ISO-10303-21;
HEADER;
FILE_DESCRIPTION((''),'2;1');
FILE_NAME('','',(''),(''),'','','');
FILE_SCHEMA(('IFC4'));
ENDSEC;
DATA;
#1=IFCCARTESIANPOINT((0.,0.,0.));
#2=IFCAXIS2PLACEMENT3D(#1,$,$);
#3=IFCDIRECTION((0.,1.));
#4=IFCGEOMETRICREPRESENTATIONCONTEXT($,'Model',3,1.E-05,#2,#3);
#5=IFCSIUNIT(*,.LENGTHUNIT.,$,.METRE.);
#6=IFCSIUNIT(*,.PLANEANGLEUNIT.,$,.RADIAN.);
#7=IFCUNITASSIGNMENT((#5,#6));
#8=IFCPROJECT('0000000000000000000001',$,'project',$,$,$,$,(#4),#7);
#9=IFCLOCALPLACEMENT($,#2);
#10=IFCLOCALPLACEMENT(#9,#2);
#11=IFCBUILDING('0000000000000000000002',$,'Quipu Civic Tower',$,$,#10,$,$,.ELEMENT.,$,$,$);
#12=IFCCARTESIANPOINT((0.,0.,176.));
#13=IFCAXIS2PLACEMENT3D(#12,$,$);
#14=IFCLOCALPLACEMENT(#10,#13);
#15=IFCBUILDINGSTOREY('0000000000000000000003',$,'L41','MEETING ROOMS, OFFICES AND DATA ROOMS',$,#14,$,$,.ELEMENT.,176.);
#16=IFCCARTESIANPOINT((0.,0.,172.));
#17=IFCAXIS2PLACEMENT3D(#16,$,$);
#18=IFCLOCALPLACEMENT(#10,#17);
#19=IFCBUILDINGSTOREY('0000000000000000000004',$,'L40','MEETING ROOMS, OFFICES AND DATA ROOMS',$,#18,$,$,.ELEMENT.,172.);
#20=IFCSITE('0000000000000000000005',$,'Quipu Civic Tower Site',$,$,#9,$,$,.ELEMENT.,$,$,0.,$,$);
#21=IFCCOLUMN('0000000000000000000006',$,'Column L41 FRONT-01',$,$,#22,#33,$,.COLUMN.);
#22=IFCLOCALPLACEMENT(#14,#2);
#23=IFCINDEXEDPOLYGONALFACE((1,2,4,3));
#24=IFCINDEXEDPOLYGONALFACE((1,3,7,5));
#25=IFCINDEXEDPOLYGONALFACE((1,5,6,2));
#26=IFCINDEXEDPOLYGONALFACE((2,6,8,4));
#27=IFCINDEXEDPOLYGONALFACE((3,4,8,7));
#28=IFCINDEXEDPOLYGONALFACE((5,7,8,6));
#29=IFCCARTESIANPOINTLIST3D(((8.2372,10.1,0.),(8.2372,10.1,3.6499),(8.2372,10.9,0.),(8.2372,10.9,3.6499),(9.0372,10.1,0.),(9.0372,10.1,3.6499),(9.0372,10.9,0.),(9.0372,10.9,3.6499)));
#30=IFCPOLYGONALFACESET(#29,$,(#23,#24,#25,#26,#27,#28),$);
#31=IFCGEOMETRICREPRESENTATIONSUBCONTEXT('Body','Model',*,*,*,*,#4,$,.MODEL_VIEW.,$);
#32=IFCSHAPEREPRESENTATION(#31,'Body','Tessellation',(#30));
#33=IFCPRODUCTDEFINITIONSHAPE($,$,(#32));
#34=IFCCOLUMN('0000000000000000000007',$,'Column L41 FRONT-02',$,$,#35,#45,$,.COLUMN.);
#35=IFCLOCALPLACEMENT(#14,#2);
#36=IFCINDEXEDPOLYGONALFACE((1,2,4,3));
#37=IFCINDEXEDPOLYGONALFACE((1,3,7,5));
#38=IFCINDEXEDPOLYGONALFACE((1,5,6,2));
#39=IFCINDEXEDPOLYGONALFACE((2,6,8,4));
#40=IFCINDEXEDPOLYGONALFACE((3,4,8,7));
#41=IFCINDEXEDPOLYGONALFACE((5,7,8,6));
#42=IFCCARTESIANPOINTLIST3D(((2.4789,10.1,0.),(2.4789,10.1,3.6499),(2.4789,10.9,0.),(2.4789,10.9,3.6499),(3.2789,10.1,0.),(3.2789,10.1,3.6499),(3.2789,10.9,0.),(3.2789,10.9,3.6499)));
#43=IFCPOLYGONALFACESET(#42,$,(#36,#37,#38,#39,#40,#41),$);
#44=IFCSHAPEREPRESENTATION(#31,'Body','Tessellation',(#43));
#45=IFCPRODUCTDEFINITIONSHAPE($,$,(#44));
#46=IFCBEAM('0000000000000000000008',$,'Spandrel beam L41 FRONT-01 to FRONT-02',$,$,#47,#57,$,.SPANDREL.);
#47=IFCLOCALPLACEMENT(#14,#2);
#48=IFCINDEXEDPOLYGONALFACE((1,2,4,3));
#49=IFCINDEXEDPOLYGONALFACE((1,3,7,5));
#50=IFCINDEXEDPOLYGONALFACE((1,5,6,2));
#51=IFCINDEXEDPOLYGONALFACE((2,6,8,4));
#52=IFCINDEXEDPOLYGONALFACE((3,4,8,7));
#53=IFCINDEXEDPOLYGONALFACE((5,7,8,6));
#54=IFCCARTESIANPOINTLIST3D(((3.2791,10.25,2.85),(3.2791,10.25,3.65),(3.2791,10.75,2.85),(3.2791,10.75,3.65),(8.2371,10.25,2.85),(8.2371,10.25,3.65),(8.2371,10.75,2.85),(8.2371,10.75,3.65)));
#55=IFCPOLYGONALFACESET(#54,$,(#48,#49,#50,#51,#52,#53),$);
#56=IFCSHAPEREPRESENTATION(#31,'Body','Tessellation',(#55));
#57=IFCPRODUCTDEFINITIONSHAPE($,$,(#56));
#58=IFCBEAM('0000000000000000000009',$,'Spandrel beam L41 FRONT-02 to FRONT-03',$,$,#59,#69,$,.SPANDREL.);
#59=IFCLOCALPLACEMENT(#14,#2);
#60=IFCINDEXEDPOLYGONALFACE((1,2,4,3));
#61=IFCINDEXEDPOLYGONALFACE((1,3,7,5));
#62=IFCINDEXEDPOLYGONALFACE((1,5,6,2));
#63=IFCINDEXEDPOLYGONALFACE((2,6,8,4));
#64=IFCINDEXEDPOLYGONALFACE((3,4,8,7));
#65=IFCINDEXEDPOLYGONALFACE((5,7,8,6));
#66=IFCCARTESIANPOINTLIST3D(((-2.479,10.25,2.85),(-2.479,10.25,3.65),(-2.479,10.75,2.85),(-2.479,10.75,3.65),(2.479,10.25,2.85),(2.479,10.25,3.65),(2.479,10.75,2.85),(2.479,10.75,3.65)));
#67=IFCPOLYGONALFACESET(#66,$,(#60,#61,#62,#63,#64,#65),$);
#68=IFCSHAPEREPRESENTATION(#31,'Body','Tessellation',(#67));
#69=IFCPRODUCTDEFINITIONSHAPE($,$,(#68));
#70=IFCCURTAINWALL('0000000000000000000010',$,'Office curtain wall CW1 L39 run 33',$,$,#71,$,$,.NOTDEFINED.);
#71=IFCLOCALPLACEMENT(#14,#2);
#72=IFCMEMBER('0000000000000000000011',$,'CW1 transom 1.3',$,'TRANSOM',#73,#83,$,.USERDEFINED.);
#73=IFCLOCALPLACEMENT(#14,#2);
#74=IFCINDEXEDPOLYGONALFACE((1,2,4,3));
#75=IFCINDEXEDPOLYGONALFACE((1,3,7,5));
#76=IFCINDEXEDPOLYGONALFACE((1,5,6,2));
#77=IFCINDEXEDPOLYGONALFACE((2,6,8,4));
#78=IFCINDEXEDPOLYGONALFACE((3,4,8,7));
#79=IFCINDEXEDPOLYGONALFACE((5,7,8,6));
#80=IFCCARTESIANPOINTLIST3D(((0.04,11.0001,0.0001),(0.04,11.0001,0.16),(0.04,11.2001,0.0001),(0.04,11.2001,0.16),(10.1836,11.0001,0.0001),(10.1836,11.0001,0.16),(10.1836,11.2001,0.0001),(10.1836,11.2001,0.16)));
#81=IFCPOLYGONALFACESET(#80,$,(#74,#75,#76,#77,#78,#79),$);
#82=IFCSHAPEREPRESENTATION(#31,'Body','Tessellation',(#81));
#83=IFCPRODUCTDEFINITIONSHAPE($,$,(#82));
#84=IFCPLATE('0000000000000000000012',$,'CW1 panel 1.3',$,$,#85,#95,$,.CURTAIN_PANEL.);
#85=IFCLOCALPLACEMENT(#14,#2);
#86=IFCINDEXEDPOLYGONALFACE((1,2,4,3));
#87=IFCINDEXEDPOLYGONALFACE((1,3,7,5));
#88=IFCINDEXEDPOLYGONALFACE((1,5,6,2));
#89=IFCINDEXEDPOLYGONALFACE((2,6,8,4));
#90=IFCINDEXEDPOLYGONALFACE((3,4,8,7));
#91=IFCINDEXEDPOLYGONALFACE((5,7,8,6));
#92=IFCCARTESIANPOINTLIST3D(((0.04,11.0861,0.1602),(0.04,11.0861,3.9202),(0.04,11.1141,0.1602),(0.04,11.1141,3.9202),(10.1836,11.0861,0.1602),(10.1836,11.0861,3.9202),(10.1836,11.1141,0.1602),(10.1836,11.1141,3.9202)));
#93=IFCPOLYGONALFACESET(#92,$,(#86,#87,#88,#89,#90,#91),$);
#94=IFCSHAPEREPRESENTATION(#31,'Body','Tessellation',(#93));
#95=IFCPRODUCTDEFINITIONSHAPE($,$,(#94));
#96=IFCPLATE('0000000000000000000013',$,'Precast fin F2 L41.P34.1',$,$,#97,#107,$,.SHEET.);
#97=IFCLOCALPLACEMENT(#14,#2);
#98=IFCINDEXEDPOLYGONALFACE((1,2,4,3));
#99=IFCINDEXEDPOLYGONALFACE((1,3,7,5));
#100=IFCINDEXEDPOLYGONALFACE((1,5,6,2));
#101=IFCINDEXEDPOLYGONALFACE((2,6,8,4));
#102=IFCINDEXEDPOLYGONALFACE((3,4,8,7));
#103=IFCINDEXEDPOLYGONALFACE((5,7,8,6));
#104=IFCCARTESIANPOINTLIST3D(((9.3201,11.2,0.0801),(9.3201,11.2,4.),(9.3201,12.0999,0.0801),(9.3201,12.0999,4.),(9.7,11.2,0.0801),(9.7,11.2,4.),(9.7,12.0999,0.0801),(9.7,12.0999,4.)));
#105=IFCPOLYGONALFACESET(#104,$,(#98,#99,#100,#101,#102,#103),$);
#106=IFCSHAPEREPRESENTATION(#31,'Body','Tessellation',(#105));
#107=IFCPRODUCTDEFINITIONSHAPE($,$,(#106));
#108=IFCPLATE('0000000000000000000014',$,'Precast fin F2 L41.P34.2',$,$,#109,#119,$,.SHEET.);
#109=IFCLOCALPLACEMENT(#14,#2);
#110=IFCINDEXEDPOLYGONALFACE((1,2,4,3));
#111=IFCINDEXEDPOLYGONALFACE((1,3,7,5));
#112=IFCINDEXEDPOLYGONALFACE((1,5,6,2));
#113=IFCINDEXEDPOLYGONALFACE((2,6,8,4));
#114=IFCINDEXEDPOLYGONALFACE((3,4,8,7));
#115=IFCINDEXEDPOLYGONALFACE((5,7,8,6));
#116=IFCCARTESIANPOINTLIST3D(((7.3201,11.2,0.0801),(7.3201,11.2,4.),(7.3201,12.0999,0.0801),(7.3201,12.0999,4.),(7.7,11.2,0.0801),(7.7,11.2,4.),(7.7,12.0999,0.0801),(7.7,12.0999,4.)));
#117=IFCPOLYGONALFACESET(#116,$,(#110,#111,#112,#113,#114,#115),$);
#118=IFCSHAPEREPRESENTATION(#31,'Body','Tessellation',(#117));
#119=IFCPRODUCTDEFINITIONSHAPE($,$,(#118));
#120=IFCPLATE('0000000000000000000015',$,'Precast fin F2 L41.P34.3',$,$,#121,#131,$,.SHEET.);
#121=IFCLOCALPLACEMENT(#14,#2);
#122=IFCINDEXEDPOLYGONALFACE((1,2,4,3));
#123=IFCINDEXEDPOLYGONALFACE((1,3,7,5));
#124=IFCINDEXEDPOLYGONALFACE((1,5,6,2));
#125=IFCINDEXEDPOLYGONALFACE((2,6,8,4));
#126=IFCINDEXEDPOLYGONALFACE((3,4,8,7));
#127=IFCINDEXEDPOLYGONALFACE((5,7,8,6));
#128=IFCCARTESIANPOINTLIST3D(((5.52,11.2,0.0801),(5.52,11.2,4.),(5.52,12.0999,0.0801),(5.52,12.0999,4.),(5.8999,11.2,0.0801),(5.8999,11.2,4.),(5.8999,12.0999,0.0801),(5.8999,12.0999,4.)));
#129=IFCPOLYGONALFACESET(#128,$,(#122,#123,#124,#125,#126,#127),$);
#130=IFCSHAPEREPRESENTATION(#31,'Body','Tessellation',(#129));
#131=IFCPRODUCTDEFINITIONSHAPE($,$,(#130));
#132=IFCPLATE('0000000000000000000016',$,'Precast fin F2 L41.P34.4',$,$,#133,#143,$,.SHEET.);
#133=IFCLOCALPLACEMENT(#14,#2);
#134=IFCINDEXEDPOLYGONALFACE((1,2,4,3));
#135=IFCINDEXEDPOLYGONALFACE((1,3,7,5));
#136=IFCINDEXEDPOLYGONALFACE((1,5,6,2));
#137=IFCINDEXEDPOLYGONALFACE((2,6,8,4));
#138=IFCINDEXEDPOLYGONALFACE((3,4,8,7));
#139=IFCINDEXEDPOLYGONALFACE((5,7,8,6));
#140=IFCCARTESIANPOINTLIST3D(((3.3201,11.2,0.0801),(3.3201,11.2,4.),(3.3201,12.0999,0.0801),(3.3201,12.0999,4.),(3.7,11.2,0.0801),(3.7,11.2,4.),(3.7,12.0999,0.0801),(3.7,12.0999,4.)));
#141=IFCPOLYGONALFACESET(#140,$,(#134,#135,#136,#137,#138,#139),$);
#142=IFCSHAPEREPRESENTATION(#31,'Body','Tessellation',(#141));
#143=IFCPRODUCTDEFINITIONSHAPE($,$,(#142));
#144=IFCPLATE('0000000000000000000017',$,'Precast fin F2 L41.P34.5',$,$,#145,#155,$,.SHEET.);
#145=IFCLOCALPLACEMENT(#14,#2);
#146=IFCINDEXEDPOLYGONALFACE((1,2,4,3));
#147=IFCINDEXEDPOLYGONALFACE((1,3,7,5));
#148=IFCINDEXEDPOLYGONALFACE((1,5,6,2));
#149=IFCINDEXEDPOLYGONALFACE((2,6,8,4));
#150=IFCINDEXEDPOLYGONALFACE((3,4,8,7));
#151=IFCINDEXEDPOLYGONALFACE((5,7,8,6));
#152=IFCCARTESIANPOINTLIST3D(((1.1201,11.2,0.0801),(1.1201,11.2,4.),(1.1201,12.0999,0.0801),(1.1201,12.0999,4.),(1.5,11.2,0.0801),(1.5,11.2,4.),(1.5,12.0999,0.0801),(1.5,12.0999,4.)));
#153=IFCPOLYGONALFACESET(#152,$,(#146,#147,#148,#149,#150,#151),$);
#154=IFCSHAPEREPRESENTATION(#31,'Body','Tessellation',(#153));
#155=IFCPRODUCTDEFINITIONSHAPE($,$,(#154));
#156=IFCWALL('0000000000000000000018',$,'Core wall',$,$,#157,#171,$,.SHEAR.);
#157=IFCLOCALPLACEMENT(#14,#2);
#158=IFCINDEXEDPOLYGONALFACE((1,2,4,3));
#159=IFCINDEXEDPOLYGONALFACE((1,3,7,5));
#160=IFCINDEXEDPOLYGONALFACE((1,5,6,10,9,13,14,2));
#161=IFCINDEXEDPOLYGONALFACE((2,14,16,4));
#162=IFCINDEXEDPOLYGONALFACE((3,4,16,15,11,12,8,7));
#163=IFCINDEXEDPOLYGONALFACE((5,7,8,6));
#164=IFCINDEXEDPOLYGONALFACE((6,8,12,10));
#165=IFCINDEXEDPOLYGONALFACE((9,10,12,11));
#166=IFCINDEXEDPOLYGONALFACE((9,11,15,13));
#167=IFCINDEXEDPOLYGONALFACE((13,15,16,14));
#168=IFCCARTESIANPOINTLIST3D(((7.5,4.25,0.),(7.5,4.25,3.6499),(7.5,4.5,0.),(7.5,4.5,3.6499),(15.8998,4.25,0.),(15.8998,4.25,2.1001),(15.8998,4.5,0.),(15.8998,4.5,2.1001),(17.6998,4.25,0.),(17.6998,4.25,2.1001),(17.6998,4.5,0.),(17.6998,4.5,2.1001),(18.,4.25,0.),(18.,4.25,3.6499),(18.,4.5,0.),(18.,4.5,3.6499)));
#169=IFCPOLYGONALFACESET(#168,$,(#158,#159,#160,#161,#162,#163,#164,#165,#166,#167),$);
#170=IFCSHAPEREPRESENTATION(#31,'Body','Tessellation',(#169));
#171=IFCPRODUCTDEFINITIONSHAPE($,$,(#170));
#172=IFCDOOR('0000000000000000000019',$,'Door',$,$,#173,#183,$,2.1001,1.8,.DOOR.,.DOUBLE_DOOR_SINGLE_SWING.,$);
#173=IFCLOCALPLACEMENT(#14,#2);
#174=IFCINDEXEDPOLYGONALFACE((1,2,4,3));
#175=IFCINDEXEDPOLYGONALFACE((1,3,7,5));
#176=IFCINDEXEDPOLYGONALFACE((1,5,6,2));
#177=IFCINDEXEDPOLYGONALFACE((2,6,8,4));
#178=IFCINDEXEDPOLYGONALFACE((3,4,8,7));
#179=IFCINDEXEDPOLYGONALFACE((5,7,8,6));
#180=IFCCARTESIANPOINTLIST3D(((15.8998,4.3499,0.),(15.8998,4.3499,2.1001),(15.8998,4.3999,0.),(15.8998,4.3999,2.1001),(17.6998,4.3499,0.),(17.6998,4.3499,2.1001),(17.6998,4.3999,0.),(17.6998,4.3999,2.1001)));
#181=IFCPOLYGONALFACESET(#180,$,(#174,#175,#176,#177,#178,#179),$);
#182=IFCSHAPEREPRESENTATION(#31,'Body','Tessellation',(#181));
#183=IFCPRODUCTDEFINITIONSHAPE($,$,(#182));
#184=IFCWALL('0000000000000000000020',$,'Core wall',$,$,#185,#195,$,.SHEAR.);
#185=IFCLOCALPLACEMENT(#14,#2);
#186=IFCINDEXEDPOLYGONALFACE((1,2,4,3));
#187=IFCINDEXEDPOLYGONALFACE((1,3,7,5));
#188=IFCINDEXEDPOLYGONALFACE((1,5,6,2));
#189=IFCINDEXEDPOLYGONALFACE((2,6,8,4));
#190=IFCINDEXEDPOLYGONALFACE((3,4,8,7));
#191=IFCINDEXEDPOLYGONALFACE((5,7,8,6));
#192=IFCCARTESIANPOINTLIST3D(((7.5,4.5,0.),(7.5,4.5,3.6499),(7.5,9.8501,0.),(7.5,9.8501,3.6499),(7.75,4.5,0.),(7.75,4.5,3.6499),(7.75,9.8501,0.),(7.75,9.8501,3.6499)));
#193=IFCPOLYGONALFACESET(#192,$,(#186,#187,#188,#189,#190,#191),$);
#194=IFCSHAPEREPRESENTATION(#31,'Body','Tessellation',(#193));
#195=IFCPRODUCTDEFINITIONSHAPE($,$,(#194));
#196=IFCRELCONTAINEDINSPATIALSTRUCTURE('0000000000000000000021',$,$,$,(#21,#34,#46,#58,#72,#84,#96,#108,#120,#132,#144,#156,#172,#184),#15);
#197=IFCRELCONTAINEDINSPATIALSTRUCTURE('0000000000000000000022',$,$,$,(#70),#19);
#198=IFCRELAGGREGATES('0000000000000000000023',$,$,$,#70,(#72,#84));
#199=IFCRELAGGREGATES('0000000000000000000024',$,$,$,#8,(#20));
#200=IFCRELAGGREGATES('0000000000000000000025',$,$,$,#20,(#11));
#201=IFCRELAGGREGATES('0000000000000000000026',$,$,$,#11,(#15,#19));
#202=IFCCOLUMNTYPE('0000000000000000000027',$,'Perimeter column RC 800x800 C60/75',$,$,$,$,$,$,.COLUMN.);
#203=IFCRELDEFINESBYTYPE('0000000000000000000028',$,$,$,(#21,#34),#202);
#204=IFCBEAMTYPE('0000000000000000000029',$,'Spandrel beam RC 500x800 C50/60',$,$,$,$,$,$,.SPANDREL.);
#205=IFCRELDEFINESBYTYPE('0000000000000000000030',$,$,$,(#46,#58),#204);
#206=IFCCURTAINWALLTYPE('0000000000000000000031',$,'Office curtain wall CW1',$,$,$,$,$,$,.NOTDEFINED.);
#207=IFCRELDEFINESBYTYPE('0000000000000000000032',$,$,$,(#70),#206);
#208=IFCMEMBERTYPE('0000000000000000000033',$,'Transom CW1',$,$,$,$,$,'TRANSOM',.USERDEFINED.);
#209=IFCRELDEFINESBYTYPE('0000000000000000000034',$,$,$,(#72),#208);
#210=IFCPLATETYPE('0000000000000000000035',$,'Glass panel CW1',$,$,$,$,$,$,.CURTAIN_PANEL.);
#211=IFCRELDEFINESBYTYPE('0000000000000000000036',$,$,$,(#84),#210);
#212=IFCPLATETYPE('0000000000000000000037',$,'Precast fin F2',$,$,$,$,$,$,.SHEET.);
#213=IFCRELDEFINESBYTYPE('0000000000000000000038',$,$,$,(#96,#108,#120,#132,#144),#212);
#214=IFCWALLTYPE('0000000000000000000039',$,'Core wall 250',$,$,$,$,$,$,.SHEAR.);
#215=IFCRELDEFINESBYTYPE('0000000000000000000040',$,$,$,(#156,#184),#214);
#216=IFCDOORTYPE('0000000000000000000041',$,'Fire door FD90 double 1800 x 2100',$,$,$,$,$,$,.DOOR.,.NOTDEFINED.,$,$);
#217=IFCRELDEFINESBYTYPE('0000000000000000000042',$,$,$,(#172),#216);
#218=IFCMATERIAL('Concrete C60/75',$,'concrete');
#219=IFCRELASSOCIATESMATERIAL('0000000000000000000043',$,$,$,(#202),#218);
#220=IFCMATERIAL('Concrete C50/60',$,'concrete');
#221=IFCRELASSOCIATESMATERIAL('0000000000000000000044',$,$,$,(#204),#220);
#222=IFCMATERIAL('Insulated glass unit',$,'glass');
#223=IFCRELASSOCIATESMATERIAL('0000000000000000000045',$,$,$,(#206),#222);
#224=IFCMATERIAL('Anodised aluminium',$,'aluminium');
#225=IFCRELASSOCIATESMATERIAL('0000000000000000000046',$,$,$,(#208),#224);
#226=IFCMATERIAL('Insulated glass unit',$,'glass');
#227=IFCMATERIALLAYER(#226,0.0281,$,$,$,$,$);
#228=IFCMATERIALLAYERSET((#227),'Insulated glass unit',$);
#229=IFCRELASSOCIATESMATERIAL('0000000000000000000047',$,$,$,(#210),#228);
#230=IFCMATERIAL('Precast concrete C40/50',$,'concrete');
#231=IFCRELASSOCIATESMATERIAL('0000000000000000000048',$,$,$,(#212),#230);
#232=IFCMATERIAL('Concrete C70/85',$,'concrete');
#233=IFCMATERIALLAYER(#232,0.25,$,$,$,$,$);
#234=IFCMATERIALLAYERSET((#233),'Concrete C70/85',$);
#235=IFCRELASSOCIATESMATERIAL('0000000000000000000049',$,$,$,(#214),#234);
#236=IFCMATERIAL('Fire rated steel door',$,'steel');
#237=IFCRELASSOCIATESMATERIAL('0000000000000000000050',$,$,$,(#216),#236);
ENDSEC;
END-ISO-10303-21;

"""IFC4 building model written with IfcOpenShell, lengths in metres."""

from ifc_helpers import new_model, si_unit, direction, frame, frame_2d, origin, origin_2d, place, context, subcontext, project, spatial, rectangle, extrude, material, layer, layer_set, material_profile, profile_set, type_object, element, fill, aggregate, save


model = new_model("IFC4")

# Units and contexts
model_context = context("Model", 3, precision=1e-05, world=origin(), true_north=direction((0.0, 1.0)))
body_context = subcontext(model_context, "Body", "Model", "MODEL_VIEW")
ifc_project = project(units=[si_unit("LENGTHUNIT", "METRE"), si_unit("PLANEANGLEUNIT", "RADIAN")], contexts=[model_context])

# Site, building, storey
site_placement = place(None, origin())
site = spatial("IfcSite", under=ifc_project, at=site_placement, Name="Quipu Civic Tower Site", CompositionType="ELEMENT", RefElevation=0.0)
building_placement = place(site_placement, origin())
building = spatial("IfcBuilding", under=site, at=building_placement, Name="Quipu Civic Tower", CompositionType="ELEMENT")
storey_1_placement = place(building_placement, frame((0.0, 0.0, 176.0)))
storey_1 = spatial("IfcBuildingStorey", under=building, at=storey_1_placement, Name="L41", Description="MEETING ROOMS, OFFICES AND DATA ROOMS", CompositionType="ELEMENT", Elevation=176.0)

# Columns
ifc_material_1 = material(Name="Concrete C60/75", Category="concrete")
ifc_material_profile_1 = material_profile(ifc_material_1, rectangle(XDim=0.8, YDim=0.8, at=origin_2d()), Name="RC800x800")
ifc_profile_set_1 = profile_set([ifc_material_profile_1], Name="Concrete C60/75")
column_type = type_object("IfcColumnType", Name="Perimeter column RC 800x800 C60/75", PredefinedType="COLUMN", material=ifc_profile_set_1)
for number, where, z_axis, x_axis, name in (
    (1, (8.6372, 10.5, 0.0), (0.0, 0.0, 1.0), (-1.0, 0.0, 0.0), "Column L41 FRONT-01"),
    (2, (2.8789, 10.5, 0.0), (0.0, 0.0, 1.0), (-1.0, 0.0, 0.0), "Column L41 FRONT-02"),
):
    element("IfcColumn", number, at=place(storey_1_placement, frame(where, z_axis=z_axis, x_axis=x_axis)), inside=storey_1, type_object=column_type, Name=name, PredefinedType="COLUMN", context=body_context, shape_type="SweptSolid", body=[
        extrude(rectangle(XDim=0.8, YDim=0.8, at=origin_2d()), origin(), (0.0, 0.0, 1.0), 3.6499),
    ])

# Beams
ifc_material_2 = material(Name="Concrete C50/60", Category="concrete")
ifc_material_profile_2 = material_profile(ifc_material_2, rectangle(XDim=0.5, YDim=0.8, at=origin_2d()), Name="RC500x800")
ifc_profile_set_2 = profile_set([ifc_material_profile_2], Name="Concrete C50/60")
beam_type = type_object("IfcBeamType", Name="Spandrel beam RC 500x800 C50/60", PredefinedType="SPANDREL", material=ifc_profile_set_2)
for number, where, z_axis, x_axis, name in (
    (3, (8.2371, 10.5, 3.25), (-1.0, 0.0, 0.0), (0.0, -1.0, 0.0), "Spandrel beam L41 FRONT-01 to FRONT-02"),
    (4, (2.479, 10.5, 3.25), (-1.0, 0.0, 0.0), (0.0, -1.0, 0.0), "Spandrel beam L41 FRONT-02 to FRONT-03"),
):
    element("IfcBeam", number, at=place(storey_1_placement, frame(where, z_axis=z_axis, x_axis=x_axis)), inside=storey_1, type_object=beam_type, Name=name, PredefinedType="SPANDREL", context=body_context, shape_type="SweptSolid", body=[
        extrude(rectangle(XDim=0.5, YDim=0.8, at=origin_2d()), origin(), (0.0, 0.0, 1.0), 4.958),
    ])

# Shared definitions
storey_2_placement = place(building_placement, frame((0.0, 0.0, 172.0)))
storey_2 = spatial("IfcBuildingStorey", under=building, at=storey_2_placement, Name="L40", Description="MEETING ROOMS, OFFICES AND DATA ROOMS", CompositionType="ELEMENT", Elevation=172.0)

# Curtain wall, member, plate
ifc_material_3 = material(Name="Insulated glass unit", Category="glass")
curtain_wall_type = type_object("IfcCurtainWallType", Name="Office curtain wall CW1", PredefinedType="NOTDEFINED", material=ifc_material_3)
curtain_wall_placement = place(storey_2_placement, origin())
curtain_wall = element("IfcCurtainWall", 5, at=curtain_wall_placement, inside=storey_2, type_object=curtain_wall_type, Name="Office curtain wall CW1 L39 run 33", PredefinedType="NOTDEFINED")
ifc_material_4 = material(Name="Anodised aluminium", Category="aluminium")
ifc_material_profile_3 = material_profile(ifc_material_4, rectangle(XDim=0.2, YDim=0.1599, at=origin_2d()), Name="RECT 200x160")
ifc_profile_set_3 = profile_set([ifc_material_profile_3], Name="Anodised aluminium")
member_type = type_object("IfcMemberType", Name="Transom CW1", ElementType="TRANSOM", PredefinedType="USERDEFINED", material=ifc_profile_set_3)
member_placement = place(storey_1_placement, frame((10.1836, 11.1001, 0.0801), z_axis=(-1.0, 0.0, 0.0), x_axis=(0.0, -1.0, 0.0)))
member = element("IfcMember", 6, at=member_placement, inside=storey_1, type_object=member_type, Name="CW1 transom 1.3", ObjectType="TRANSOM", PredefinedType="USERDEFINED", context=body_context, shape_type="SweptSolid", body=[
    extrude(rectangle(XDim=0.2, YDim=0.1599, at=origin_2d()), origin(), (0.0, 0.0, 1.0), 10.1436),
])
ifc_material_5 = material(Name="Insulated glass unit", Category="glass")
ifc_layer_1 = layer(ifc_material_5, 0.0281)
ifc_layer_set_1 = layer_set([ifc_layer_1], Name="Insulated glass unit")
plate_type_1 = type_object("IfcPlateType", Name="Glass panel CW1", PredefinedType="CURTAIN_PANEL", material=ifc_layer_set_1)
plate_placement = place(storey_1_placement, frame((5.1118, 11.1001, 0.1602), z_axis=(0.0, 0.0, 1.0), x_axis=(-1.0, 0.0, 0.0)))
plate = element("IfcPlate", 7, at=plate_placement, inside=storey_1, type_object=plate_type_1, Name="CW1 panel 1.3", PredefinedType="CURTAIN_PANEL", context=body_context, shape_type="SweptSolid", body=[
    extrude(rectangle(XDim=10.1436, YDim=0.0281, at=origin_2d()), origin(), (0.0, 0.0, 1.0), 3.76),
])
aggregate(curtain_wall, [member, plate])

# Plates
ifc_material_6 = material(Name="Precast concrete C40/50", Category="concrete")
plate_type_2 = type_object("IfcPlateType", Name="Precast fin F2", PredefinedType="SHEET", material=ifc_material_6)
for number, where, z_axis, x_axis, name in (
    (8, (9.51, 11.6499, 0.0801), (0.0, 0.0, 1.0), (-1.0, 0.0, 0.0), "Precast fin F2 L41.P34.1"),
    (9, (7.51, 11.6499, 0.0801), (0.0, 0.0, 1.0), (-1.0, 0.0, 0.0), "Precast fin F2 L41.P34.2"),
    (10, (5.71, 11.6499, 0.0801), (0.0, 0.0, 1.0), (-1.0, 0.0, 0.0), "Precast fin F2 L41.P34.3"),
    (11, (3.51, 11.6499, 0.0801), (0.0, 0.0, 1.0), (-1.0, 0.0, 0.0), "Precast fin F2 L41.P34.4"),
    (12, (1.3101, 11.6499, 0.0801), (0.0, 0.0, 1.0), (-1.0, 0.0, 0.0), "Precast fin F2 L41.P34.5"),
):
    element("IfcPlate", number, at=place(storey_1_placement, frame(where, z_axis=z_axis, x_axis=x_axis)), inside=storey_1, type_object=plate_type_2, Name=name, PredefinedType="SHEET", context=body_context, shape_type="SweptSolid", body=[
        extrude(rectangle(XDim=0.3799, YDim=0.8999, at=origin_2d()), origin(), (0.0, 0.0, 1.0), 3.9199),
    ])

# Wall, opening, door
ifc_material_7 = material(Name="Concrete C70/85", Category="concrete")
ifc_layer_2 = layer(ifc_material_7, 0.25)
ifc_layer_set_2 = layer_set([ifc_layer_2], Name="Concrete C70/85")
wall_type_1 = type_object("IfcWallType", Name="Core wall 250", PredefinedType="SHEAR", material=ifc_layer_set_2)
wall_1_placement = place(storey_1_placement, frame((7.5, 4.375, 0.0), z_axis=(0.0, 0.0, 1.0), x_axis=(1.0, 0.0, 0.0)))
wall_1 = element("IfcWall", 13, at=wall_1_placement, inside=storey_1, type_object=wall_type_1, Name="Core wall", PredefinedType="SHEAR", context=body_context, shape_type="SweptSolid", body=[
    extrude(rectangle(XDim=10.5, YDim=0.25, at=frame_2d((5.25, 0.0))), origin(), (0.0, 0.0, 1.0), 3.6499),
])
opening_1_placement = place(wall_1_placement, frame((8.3999, 0.0, 0.0)))
opening_1 = element("IfcOpeningElement", 14, at=opening_1_placement, cuts=wall_1, PredefinedType="OPENING", context=body_context, shape_type="SweptSolid", body=[
    extrude(rectangle(XDim=1.8, YDim=2.1001, at=frame_2d((0.8999, 1.05))), frame((0.0, 0.135, 0.0), z_axis=(0.0, -1.0, 0.0), x_axis=(1.0, 0.0, 0.0)), (0.0, 0.0, 1.0), 0.27),
])
ifc_material_8 = material(Name="Fire rated steel door", Category="steel")
door_type_1 = type_object("IfcDoorType", Name="Fire door FD90 double 1800 x 2100", OperationType="NOTDEFINED", PredefinedType="DOOR", material=ifc_material_8)
door_1_placement = place(opening_1_placement, origin())
door_1 = element("IfcDoor", 15, at=door_1_placement, inside=storey_1, type_object=door_type_1, Name="Door", OperationType="DOUBLE_DOOR_SINGLE_SWING", OverallHeight=2.1001, OverallWidth=1.8, PredefinedType="DOOR", context=body_context, shape_type="SweptSolid", body=[
    extrude(rectangle(XDim=1.8, YDim=2.1001, at=frame_2d((0.8999, 1.05))), frame((0.0, 0.0249, 0.0), z_axis=(0.0, -1.0, 0.0), x_axis=(1.0, 0.0, 0.0)), (0.0, 0.0, 1.0), 0.05),
])
fill(opening_1, door_1)

# Wall
wall_2_placement = place(storey_1_placement, frame((7.625, 4.5, 0.0), z_axis=(0.0, 0.0, 1.0), x_axis=(0.0, 1.0, 0.0)))
element("IfcWall", 16, at=wall_2_placement, inside=storey_1, type_object=wall_type_1, Name="Core wall", PredefinedType="SHEAR", context=body_context, shape_type="SweptSolid", body=[
    extrude(rectangle(XDim=5.3501, YDim=0.25, at=frame_2d((2.675, 0.0))), origin(), (0.0, 0.0, 1.0), 3.6499),
])

save(model, "model.ifc")
